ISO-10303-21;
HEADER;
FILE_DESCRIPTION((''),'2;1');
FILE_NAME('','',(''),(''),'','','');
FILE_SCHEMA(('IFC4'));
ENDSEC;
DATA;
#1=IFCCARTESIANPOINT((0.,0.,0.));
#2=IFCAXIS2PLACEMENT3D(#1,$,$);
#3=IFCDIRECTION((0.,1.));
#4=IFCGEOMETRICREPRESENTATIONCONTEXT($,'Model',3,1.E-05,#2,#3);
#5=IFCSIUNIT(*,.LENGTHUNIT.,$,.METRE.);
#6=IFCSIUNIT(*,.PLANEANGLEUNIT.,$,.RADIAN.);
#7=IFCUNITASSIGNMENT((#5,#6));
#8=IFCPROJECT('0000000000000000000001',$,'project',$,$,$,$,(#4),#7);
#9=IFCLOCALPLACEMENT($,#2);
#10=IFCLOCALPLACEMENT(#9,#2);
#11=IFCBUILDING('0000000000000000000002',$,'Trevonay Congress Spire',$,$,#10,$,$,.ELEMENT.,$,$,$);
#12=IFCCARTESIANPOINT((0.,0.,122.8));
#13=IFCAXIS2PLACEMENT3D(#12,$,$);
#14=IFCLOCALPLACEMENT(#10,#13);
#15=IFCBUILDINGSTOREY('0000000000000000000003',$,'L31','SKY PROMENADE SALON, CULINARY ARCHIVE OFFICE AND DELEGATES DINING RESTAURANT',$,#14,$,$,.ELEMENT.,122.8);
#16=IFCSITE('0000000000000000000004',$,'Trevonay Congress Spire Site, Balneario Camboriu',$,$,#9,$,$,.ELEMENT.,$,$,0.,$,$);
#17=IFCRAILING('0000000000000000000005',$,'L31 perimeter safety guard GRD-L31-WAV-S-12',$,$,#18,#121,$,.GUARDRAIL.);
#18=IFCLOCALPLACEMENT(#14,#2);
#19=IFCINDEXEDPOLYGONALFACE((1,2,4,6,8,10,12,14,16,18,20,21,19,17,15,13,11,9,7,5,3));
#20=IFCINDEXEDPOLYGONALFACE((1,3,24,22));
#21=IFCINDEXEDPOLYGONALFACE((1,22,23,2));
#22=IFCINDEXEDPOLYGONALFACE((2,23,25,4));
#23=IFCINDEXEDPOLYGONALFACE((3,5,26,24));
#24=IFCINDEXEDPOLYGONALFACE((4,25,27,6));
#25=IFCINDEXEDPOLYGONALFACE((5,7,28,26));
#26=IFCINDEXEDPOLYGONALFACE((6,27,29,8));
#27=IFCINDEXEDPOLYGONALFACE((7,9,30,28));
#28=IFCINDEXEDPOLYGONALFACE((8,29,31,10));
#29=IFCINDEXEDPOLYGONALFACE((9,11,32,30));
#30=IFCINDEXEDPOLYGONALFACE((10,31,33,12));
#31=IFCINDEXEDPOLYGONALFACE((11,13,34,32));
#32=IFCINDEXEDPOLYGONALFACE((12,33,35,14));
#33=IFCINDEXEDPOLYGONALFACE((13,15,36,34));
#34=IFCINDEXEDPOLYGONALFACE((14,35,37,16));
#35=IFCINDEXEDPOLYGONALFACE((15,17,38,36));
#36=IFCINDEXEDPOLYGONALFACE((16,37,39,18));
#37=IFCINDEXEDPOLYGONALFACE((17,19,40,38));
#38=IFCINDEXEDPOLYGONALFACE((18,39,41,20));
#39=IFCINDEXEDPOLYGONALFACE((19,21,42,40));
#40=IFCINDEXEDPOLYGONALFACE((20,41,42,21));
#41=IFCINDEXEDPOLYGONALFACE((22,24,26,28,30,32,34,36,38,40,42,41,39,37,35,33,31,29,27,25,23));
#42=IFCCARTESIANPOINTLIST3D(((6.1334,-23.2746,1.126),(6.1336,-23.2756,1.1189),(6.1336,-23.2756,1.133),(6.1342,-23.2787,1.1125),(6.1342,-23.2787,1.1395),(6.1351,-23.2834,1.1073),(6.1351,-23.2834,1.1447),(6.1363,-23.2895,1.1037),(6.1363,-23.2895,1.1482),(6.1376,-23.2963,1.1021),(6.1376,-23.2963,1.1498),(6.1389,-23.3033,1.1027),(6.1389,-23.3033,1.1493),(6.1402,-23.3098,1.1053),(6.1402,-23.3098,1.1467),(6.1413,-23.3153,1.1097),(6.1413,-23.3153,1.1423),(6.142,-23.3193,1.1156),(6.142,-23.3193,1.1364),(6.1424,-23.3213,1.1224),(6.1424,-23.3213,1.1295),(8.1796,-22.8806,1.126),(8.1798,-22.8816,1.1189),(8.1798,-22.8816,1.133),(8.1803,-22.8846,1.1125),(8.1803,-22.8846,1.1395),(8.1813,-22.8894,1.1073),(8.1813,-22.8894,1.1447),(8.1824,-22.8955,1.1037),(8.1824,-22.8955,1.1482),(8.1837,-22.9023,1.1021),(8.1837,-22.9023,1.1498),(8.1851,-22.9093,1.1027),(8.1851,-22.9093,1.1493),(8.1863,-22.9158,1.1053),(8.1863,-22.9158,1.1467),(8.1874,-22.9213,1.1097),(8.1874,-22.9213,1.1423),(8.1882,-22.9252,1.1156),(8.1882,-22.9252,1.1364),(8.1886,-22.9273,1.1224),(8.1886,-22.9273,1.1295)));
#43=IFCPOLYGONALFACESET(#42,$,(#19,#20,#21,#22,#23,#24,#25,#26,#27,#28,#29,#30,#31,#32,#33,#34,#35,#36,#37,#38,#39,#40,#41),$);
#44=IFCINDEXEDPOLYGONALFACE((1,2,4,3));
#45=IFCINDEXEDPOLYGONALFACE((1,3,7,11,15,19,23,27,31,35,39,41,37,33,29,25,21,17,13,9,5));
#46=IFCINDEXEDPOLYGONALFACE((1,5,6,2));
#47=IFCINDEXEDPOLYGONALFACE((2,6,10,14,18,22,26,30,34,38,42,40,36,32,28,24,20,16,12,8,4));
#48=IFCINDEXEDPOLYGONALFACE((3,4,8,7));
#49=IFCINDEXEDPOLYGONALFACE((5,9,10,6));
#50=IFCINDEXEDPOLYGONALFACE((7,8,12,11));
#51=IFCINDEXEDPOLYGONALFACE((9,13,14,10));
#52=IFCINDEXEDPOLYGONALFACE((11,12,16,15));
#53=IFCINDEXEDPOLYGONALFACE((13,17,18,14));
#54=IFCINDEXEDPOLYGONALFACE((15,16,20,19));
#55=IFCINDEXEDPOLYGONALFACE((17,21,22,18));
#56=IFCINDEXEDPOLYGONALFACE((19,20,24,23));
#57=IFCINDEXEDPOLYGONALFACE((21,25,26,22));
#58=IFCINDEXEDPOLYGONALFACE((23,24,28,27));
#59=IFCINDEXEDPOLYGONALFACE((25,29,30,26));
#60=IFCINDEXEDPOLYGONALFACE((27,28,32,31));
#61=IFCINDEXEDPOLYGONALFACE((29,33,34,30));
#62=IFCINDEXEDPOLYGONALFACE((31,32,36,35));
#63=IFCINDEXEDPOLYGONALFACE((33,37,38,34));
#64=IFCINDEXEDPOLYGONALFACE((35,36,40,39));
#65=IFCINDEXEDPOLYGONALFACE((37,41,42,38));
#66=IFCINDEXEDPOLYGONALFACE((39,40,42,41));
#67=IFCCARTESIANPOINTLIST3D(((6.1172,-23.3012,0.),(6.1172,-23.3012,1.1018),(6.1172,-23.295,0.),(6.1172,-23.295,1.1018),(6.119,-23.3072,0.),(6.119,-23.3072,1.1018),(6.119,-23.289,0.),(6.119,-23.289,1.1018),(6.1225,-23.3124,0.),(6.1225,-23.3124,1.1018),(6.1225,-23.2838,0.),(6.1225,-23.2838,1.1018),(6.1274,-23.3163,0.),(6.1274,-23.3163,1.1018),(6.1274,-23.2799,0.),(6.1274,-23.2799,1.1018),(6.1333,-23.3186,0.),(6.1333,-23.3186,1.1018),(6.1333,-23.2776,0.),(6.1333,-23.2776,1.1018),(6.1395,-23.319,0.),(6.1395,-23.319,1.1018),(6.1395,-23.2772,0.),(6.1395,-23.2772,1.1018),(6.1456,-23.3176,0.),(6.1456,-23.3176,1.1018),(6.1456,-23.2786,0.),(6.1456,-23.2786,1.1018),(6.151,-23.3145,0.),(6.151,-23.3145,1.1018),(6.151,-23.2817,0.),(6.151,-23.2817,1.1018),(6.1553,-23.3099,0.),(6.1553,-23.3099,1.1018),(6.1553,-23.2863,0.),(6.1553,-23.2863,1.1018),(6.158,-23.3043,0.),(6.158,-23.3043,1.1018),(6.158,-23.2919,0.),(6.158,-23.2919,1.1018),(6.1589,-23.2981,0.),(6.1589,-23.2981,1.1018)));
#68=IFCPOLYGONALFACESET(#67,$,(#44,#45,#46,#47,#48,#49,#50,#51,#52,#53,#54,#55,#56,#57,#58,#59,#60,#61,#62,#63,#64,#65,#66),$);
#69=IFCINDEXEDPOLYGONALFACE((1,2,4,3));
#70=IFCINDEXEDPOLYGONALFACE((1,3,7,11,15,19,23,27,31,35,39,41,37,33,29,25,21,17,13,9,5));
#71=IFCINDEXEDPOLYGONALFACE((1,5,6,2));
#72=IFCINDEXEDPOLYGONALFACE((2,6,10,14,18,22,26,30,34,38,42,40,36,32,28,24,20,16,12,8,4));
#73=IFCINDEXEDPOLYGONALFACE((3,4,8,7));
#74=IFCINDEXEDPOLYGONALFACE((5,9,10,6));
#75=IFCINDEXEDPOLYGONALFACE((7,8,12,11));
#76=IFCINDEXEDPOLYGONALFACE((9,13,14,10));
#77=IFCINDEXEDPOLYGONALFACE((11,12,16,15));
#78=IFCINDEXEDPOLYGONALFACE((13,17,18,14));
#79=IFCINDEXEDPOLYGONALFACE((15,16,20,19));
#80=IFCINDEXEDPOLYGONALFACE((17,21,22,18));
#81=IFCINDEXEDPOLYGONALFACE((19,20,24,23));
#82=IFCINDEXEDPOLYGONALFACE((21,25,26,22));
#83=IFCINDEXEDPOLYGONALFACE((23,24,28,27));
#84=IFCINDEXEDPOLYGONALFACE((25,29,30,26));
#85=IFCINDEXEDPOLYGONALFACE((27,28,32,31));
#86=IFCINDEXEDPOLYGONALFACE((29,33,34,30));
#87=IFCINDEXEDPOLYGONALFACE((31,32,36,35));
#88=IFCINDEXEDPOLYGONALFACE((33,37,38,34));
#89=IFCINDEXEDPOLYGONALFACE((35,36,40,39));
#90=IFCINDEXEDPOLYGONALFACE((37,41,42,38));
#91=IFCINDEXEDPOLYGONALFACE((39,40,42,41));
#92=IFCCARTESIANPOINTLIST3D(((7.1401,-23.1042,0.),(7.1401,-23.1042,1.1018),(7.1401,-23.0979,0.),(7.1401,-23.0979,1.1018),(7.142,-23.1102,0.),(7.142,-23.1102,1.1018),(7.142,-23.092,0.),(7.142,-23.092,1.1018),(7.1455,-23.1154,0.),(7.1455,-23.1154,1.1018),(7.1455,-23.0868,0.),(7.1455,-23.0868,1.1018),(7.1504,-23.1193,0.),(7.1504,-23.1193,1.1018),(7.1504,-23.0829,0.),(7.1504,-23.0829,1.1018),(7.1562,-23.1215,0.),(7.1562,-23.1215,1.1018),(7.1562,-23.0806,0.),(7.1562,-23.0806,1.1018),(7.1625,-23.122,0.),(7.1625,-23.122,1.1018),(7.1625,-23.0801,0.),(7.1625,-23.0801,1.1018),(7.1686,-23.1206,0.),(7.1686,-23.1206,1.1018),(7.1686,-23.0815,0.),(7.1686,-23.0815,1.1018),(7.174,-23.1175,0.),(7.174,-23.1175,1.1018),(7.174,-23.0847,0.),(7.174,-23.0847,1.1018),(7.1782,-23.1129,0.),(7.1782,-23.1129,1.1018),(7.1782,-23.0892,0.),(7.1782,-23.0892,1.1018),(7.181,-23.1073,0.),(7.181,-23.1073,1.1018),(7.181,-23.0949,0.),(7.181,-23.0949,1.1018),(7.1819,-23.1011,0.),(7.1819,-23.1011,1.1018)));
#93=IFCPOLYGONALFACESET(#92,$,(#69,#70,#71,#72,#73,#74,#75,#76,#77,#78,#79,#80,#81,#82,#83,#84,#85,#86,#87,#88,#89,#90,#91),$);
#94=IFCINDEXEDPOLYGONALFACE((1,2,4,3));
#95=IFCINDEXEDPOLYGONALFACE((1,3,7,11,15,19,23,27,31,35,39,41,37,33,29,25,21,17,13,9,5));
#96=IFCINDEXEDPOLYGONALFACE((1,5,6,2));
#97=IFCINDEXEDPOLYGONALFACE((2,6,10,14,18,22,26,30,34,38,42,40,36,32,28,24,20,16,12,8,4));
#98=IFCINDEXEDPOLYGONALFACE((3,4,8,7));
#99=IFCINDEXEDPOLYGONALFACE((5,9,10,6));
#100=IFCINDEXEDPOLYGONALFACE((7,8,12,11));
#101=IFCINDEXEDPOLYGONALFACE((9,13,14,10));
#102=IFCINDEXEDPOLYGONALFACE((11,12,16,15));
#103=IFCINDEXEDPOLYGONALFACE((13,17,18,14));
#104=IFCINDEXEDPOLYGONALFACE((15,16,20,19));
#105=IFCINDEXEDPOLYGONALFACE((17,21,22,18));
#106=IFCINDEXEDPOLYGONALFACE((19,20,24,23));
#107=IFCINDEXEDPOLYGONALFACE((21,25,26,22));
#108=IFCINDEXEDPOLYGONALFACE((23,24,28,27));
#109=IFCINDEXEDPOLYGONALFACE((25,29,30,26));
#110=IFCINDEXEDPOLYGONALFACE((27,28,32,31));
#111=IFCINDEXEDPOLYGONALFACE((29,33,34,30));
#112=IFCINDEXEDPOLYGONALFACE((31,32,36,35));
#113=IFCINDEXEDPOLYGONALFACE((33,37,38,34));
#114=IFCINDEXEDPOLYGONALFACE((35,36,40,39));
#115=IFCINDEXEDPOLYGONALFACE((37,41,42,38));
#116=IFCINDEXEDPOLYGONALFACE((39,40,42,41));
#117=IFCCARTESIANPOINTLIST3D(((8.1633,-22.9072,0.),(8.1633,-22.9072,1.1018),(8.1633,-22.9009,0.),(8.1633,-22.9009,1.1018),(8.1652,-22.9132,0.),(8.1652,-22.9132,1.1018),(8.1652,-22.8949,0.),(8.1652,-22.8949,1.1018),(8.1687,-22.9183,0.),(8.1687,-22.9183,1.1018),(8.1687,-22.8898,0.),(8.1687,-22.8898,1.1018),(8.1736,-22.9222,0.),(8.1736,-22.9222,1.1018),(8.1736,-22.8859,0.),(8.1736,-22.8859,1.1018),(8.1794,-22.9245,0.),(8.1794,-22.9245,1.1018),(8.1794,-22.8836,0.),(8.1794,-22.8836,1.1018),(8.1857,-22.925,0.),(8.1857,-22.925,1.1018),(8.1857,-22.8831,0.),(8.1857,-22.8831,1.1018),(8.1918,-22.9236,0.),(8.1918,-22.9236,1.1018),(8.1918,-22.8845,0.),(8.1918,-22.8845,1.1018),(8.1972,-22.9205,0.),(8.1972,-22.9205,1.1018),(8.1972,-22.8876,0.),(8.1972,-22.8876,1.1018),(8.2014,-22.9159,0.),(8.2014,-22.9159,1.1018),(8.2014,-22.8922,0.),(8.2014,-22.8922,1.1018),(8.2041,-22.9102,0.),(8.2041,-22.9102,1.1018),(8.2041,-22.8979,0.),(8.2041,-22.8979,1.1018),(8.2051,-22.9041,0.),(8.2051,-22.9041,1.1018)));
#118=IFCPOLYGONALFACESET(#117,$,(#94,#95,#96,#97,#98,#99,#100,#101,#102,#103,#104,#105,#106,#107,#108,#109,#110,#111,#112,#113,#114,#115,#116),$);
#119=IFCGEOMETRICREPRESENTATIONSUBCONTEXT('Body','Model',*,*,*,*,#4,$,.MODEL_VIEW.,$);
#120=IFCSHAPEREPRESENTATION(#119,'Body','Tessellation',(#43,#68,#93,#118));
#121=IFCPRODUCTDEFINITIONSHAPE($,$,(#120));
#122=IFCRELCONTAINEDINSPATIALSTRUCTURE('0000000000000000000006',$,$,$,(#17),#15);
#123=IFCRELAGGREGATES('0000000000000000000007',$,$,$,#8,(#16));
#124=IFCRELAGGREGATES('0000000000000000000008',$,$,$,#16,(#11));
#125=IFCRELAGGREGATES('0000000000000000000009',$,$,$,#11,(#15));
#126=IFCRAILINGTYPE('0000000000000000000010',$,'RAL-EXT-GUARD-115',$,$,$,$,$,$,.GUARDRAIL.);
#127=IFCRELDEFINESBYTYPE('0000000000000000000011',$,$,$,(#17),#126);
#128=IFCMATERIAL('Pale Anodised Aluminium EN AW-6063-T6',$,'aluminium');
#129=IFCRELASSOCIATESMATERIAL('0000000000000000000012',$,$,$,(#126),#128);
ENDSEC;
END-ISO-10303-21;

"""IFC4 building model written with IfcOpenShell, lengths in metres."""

from ifc_helpers import new_model, si_unit, direction, frame, origin, origin_2d, place, context, subcontext, project, spatial, circle, extrude, material, type_object, element, save


model = new_model("IFC4")

# Units and contexts
model_context = context("Model", 3, precision=1e-05, world=origin(), true_north=direction((0.0, 1.0)))
body_context = subcontext(model_context, "Body", "Model", "MODEL_VIEW")
ifc_project = project(units=[si_unit("LENGTHUNIT", "METRE"), si_unit("PLANEANGLEUNIT", "RADIAN")], contexts=[model_context])

# Site, building, storey
site_placement = place(None, origin())
site = spatial("IfcSite", under=ifc_project, at=site_placement, Name="Trevonay Congress Spire Site, Balneario Camboriu", CompositionType="ELEMENT", RefElevation=0.0)
building_placement = place(site_placement, origin())
building = spatial("IfcBuilding", under=site, at=building_placement, Name="Trevonay Congress Spire", CompositionType="ELEMENT")
storey_placement = place(building_placement, frame((0.0, 0.0, 122.8)))
storey = spatial("IfcBuildingStorey", under=building, at=storey_placement, Name="L31", Description="SKY PROMENADE SALON, CULINARY ARCHIVE OFFICE AND DELEGATES DINING RESTAURANT", CompositionType="ELEMENT", Elevation=122.8)

# Shared definitions
ifc_material_1 = material(Name="Pale Anodised Aluminium EN AW-6063-T6", Category="aluminium")

# Railing
railing_type = type_object("IfcRailingType", Name="RAL-EXT-GUARD-115", PredefinedType="GUARDRAIL", material=ifc_material_1)
railing_1_placement = place(storey_placement, frame((6.1379, -23.2981, 0.0)))
element("IfcRailing", 1, at=railing_1_placement, inside=storey, type_object=railing_type, Name="L31 perimeter safety guard GRD-L31-WAV-S-12", PredefinedType="GUARDRAIL", context=body_context, shape_type="SweptSolid", body=[
    extrude(circle(Radius=0.0239, at=origin_2d()), frame((0.0, 0.0, 1.126), z_axis=(0.981957, 0.189104, 0.0), x_axis=(-0.189104, 0.981957, 0.0)), (0.0, 0.0, 1.0), 2.0837),
    extrude(circle(Radius=0.021, at=origin_2d()), origin(), (0.0, 0.0, 1.0), 1.1018),
    extrude(circle(Radius=0.021, at=origin_2d()), frame((1.0229, 0.197, 0.0)), (0.0, 0.0, 1.0), 1.1018),
    extrude(circle(Radius=0.021, at=origin_2d()), frame((2.0461, 0.394, 0.0)), (0.0, 0.0, 1.0), 1.1018),
])

save(model, "model.ifc")
